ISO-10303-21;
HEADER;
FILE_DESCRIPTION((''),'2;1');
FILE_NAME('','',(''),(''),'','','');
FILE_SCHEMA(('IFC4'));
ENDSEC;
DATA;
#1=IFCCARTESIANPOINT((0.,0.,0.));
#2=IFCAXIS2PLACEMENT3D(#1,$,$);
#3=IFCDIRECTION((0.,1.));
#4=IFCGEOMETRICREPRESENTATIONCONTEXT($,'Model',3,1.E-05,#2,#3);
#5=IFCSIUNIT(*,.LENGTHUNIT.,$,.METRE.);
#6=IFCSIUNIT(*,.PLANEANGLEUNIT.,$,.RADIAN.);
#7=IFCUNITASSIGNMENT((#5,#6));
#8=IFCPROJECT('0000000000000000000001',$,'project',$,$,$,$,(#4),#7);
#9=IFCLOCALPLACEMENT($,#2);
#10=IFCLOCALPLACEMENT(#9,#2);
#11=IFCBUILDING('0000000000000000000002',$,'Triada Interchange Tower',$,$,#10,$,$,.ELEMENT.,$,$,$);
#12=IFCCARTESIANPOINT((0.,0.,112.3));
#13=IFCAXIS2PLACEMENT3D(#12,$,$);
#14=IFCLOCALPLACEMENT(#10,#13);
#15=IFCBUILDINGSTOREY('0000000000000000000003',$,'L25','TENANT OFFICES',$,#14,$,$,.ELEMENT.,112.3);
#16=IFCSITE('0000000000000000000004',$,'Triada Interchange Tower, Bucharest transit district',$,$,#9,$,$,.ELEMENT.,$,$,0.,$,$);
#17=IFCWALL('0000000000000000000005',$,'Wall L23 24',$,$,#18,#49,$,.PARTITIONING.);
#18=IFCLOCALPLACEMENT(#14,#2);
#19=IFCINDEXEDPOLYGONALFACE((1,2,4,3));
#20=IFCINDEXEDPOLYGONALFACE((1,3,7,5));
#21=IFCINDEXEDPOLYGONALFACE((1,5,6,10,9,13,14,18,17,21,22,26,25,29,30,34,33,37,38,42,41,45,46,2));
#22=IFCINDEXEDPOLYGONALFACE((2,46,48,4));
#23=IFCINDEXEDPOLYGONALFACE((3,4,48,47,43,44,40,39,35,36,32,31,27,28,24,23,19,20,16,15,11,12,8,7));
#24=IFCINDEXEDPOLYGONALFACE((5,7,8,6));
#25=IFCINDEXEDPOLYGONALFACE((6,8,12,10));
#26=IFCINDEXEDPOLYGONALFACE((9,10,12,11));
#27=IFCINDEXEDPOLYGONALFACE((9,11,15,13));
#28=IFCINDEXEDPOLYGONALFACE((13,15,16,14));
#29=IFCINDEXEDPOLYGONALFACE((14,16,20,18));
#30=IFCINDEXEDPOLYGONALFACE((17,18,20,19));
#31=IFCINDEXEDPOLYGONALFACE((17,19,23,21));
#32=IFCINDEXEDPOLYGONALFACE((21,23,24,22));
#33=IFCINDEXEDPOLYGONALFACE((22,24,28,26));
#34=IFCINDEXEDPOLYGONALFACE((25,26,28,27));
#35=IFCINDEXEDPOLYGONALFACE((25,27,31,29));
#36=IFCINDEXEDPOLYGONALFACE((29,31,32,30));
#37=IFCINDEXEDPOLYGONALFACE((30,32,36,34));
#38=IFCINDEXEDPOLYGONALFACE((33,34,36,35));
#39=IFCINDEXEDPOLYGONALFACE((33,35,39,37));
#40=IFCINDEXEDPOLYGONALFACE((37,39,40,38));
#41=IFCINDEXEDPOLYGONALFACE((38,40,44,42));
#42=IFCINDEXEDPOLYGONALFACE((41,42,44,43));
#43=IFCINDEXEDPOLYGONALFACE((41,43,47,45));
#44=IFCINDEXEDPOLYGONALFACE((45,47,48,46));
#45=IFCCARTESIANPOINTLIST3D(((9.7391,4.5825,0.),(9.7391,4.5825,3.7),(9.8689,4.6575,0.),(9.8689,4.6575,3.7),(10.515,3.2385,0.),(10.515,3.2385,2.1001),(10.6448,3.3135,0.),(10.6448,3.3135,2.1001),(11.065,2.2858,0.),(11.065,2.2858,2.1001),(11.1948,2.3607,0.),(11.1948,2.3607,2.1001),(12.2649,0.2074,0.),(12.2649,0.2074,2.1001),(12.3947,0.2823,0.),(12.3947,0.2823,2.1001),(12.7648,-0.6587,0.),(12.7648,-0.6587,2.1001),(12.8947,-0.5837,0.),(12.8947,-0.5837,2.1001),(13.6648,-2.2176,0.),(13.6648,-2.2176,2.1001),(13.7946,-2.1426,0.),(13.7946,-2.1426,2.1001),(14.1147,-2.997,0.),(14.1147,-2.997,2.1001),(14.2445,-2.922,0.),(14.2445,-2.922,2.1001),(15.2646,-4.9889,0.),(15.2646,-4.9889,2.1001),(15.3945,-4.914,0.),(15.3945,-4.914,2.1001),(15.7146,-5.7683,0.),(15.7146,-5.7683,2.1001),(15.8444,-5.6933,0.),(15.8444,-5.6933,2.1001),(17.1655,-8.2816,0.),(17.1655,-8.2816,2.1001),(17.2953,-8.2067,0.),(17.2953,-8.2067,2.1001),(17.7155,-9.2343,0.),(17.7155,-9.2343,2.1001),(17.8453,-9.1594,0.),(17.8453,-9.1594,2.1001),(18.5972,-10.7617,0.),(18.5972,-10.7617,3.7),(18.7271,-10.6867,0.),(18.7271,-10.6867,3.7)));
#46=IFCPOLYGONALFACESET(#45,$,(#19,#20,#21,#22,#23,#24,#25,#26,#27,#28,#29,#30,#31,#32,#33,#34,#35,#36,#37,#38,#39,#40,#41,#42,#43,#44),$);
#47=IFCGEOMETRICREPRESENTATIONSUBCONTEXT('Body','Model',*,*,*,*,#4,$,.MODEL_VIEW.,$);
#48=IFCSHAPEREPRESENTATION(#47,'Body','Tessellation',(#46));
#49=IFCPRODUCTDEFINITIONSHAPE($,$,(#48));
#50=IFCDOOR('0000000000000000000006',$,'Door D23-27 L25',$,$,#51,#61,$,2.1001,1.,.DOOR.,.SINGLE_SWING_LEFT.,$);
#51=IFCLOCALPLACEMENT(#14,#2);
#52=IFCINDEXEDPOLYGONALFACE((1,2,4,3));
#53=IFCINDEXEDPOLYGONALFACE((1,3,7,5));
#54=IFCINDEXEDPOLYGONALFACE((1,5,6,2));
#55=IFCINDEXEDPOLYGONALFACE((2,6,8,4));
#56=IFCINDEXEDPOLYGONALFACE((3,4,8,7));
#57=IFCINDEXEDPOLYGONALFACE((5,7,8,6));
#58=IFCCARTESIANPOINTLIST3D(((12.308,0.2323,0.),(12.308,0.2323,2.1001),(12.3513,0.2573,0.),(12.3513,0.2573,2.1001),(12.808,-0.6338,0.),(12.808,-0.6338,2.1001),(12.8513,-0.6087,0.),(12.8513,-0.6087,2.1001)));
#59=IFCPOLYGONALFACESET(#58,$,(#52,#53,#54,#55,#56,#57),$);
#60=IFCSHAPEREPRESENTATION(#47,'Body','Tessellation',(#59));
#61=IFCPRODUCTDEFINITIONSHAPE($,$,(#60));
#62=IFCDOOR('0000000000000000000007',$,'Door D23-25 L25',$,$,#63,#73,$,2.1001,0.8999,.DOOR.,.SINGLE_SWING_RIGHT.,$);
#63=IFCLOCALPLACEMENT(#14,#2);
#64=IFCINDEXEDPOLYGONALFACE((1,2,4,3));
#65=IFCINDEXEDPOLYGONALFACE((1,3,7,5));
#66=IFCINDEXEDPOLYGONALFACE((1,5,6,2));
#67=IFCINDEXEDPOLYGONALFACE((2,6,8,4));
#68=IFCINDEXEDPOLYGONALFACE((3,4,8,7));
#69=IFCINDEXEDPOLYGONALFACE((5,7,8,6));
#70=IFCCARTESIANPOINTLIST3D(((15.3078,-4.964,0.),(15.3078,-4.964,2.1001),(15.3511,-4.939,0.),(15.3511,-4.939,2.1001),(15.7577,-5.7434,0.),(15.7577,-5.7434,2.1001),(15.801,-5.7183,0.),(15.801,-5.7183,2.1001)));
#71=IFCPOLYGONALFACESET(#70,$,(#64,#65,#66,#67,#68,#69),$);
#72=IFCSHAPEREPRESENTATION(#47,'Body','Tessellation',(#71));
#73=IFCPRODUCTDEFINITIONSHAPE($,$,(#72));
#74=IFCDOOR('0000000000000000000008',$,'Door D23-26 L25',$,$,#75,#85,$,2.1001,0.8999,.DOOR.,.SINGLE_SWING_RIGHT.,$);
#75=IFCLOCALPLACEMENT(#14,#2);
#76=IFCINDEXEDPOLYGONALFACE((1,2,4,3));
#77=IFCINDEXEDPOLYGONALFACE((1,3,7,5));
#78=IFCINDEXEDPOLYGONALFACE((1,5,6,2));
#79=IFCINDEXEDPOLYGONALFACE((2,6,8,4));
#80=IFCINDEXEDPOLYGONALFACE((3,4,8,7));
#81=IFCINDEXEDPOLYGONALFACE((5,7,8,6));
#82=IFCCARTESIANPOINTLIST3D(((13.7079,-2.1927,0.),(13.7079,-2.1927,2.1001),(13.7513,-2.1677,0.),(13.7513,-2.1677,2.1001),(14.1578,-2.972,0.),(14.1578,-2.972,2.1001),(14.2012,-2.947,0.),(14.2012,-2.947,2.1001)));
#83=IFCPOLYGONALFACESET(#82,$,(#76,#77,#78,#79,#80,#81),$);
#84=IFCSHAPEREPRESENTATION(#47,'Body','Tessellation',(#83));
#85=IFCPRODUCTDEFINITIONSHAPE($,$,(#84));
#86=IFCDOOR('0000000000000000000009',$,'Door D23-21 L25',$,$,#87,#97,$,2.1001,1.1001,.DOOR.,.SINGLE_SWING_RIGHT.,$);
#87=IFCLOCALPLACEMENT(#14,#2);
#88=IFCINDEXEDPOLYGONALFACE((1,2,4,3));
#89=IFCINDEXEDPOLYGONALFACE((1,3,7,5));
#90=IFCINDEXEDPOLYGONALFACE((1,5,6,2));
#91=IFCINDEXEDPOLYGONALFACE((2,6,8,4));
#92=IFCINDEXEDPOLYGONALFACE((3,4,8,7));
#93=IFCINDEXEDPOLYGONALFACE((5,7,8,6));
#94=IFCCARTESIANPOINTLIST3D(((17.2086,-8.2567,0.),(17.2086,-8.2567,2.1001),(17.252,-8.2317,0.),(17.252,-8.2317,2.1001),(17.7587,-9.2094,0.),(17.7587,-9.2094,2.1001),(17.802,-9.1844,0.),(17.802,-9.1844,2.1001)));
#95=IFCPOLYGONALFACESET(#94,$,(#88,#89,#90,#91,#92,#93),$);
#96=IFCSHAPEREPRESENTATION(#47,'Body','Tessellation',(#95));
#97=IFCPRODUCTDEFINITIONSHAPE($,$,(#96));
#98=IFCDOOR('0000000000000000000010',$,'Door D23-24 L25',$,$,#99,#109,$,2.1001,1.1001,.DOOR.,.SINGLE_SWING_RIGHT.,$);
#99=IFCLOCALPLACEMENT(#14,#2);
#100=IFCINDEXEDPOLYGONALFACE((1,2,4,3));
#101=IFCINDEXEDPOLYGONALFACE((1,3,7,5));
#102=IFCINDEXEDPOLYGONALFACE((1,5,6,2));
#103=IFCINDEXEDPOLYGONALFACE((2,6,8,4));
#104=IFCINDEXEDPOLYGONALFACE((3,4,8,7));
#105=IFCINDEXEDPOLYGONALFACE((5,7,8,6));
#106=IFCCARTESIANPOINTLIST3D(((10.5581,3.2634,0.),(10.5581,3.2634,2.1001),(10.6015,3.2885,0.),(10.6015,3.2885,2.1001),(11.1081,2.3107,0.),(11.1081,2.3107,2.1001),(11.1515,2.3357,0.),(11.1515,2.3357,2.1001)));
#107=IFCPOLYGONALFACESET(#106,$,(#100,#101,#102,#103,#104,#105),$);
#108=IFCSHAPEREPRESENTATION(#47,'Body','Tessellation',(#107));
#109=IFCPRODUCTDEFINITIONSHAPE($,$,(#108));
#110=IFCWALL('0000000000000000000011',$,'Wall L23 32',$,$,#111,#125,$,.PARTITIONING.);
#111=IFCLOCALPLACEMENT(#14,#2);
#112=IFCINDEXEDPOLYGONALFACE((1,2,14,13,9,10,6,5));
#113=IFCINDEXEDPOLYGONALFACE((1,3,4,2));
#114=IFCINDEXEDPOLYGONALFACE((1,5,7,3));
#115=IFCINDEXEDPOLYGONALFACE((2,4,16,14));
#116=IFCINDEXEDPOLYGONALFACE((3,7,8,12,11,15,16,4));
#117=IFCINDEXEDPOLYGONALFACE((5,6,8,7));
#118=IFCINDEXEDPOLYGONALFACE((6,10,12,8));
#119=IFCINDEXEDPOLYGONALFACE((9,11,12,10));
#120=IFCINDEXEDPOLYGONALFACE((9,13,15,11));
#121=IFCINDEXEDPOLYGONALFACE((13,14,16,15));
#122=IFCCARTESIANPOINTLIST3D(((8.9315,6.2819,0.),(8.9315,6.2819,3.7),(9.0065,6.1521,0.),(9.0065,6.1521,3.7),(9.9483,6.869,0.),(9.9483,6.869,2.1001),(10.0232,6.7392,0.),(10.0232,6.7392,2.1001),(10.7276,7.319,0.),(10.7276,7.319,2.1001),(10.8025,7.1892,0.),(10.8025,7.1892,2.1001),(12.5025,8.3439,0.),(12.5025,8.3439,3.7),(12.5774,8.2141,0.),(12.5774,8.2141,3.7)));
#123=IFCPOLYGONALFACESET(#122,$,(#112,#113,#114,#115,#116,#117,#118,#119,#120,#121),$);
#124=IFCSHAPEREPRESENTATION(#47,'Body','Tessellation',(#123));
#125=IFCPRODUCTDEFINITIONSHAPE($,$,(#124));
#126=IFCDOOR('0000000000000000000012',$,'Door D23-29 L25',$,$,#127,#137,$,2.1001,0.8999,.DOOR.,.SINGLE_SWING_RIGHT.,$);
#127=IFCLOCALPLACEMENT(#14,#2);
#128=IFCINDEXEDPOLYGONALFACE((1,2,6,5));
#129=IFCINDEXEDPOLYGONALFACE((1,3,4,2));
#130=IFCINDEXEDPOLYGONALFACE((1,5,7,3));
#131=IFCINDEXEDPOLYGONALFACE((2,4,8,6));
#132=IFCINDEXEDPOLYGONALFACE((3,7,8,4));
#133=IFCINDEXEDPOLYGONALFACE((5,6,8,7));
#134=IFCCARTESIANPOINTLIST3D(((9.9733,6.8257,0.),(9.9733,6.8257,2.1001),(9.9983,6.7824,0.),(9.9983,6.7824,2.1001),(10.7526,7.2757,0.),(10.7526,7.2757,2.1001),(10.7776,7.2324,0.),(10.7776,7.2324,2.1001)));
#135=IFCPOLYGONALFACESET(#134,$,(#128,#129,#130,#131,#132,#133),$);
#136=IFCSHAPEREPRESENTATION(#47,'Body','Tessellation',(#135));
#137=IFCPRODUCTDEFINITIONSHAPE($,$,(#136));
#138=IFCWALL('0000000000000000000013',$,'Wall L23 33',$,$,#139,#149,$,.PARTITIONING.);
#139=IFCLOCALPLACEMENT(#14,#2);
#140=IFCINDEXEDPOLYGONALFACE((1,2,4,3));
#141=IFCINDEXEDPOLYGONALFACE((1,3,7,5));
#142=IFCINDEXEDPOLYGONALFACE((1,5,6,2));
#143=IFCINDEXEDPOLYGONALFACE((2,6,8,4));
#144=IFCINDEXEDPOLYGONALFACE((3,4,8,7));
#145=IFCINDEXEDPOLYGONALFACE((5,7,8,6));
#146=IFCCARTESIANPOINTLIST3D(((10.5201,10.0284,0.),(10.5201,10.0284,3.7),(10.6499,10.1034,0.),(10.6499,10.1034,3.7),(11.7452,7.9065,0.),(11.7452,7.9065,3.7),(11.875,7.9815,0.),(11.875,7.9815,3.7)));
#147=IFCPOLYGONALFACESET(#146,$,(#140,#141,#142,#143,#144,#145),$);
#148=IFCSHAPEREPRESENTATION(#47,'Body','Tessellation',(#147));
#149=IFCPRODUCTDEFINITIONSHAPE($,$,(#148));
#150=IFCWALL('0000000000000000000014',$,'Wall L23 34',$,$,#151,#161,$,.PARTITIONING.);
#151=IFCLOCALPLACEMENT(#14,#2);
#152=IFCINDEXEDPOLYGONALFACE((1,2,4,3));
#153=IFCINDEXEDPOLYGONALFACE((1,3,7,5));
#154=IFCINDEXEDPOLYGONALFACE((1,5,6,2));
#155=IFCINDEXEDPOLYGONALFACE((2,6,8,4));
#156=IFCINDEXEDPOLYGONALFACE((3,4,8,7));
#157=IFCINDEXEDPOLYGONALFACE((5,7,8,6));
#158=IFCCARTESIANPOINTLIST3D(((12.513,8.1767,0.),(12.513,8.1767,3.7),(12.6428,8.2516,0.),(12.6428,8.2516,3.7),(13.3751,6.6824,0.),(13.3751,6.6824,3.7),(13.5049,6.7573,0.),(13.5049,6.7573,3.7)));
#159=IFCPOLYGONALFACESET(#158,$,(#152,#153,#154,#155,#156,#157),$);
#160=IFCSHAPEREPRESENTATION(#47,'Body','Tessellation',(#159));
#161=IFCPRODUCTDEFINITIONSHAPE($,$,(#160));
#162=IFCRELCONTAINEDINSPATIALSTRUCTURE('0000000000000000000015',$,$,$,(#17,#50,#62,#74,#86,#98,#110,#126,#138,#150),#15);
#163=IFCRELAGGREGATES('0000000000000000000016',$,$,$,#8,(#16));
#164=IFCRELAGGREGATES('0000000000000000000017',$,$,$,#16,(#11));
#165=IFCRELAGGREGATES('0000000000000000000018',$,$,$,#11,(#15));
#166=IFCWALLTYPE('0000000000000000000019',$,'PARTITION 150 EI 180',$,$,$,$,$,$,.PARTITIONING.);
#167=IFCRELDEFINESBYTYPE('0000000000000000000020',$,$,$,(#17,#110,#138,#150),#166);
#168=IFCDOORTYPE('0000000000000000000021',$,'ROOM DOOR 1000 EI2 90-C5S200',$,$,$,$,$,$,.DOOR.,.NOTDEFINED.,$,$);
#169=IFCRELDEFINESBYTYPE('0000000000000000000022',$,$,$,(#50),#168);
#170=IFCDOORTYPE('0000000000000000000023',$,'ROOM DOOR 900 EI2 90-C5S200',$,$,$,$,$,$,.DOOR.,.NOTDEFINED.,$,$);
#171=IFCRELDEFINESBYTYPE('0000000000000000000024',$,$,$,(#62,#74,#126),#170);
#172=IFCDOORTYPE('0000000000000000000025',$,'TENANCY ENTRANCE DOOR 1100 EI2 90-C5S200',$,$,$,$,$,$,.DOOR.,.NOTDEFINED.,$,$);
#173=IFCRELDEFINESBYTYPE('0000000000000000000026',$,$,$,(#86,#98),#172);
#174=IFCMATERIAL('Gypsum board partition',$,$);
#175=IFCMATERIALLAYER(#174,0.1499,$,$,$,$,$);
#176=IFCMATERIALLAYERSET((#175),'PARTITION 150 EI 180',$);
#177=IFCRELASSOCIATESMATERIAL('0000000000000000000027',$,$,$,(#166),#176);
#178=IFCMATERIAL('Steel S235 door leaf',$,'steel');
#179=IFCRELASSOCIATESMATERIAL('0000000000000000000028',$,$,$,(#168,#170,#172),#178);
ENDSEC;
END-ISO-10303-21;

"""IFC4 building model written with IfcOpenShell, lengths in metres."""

from ifc_helpers import new_model, si_unit, direction, frame, frame_2d, origin, place, context, subcontext, project, spatial, rectangle, extrude, material, layer, layer_set, type_object, element, fill, save


model = new_model("IFC4")

# Units and contexts
model_context = context("Model", 3, precision=1e-05, world=origin(), true_north=direction((0.0, 1.0)))
body_context = subcontext(model_context, "Body", "Model", "MODEL_VIEW")
ifc_project = project(units=[si_unit("LENGTHUNIT", "METRE"), si_unit("PLANEANGLEUNIT", "RADIAN")], contexts=[model_context])

# Site, building, storey
site_placement = place(None, origin())
site = spatial("IfcSite", under=ifc_project, at=site_placement, Name="Triada Interchange Tower, Bucharest transit district", CompositionType="ELEMENT", RefElevation=0.0)
building_placement = place(site_placement, origin())
building = spatial("IfcBuilding", under=site, at=building_placement, Name="Triada Interchange Tower", CompositionType="ELEMENT")
storey_placement = place(building_placement, frame((0.0, 0.0, 112.3)))
storey = spatial("IfcBuildingStorey", under=building, at=storey_placement, Name="L25", Description="TENANT OFFICES", CompositionType="ELEMENT", Elevation=112.3)

# Shared definitions
ifc_material_1 = material(Name="Gypsum board partition")
ifc_layer_1 = layer(ifc_material_1, 0.1499)
ifc_layer_set_1 = layer_set([ifc_layer_1], Name="PARTITION 150 EI 180")
wall_type = type_object("IfcWallType", Name="PARTITION 150 EI 180", PredefinedType="PARTITIONING", material=ifc_layer_set_1)

# Wall, openings, doors
wall_1_placement = place(storey_placement, frame((9.804, 4.6201, 0.0), z_axis=(0.0, 0.0, 1.0), x_axis=(0.499964, -0.866046, 0.0)))
wall_1 = element("IfcWall", 1, at=wall_1_placement, inside=storey, type_object=wall_type, Name="Wall L23 24", PredefinedType="PARTITIONING", context=body_context, shape_type="SweptSolid", body=[
    extrude(rectangle(XDim=17.7175, YDim=0.1499, at=frame_2d((8.8589, 0.0))), origin(), (0.0, 0.0, 1.0), 3.7),
])
opening_1_placement = place(wall_1_placement, frame((14.854, 0.0, 0.0)))
opening_1 = element("IfcOpeningElement", 2, at=opening_1_placement, cuts=wall_1, PredefinedType="OPENING", context=body_context, shape_type="SweptSolid", body=[
    extrude(rectangle(XDim=1.1001, YDim=2.1001, at=frame_2d((0.55, 1.05))), frame((0.0, 0.085, 0.0), z_axis=(0.0, -1.0, 0.0), x_axis=(1.0, 0.0, 0.0)), (0.0, 0.0, 1.0), 0.1699),
])
opening_2_placement = place(wall_1_placement, frame((1.552, 0.0, 0.0)))
opening_2 = element("IfcOpeningElement", 3, at=opening_2_placement, cuts=wall_1, PredefinedType="OPENING", context=body_context, shape_type="SweptSolid", body=[
    extrude(rectangle(XDim=1.1001, YDim=2.1001, at=frame_2d((0.55, 1.05))), frame((0.0, 0.085, 0.0), z_axis=(0.0, -1.0, 0.0), x_axis=(1.0, 0.0, 0.0)), (0.0, 0.0, 1.0), 0.1699),
])
opening_3_placement = place(wall_1_placement, frame((11.052, 0.0, 0.0)))
opening_3 = element("IfcOpeningElement", 4, at=opening_3_placement, cuts=wall_1, PredefinedType="OPENING", context=body_context, shape_type="SweptSolid", body=[
    extrude(rectangle(XDim=0.8999, YDim=2.1001, at=frame_2d((0.45, 1.05))), frame((0.0, 0.085, 0.0), z_axis=(0.0, -1.0, 0.0), x_axis=(1.0, 0.0, 0.0)), (0.0, 0.0, 1.0), 0.1699),
])
opening_4_placement = place(wall_1_placement, frame((7.8521, 0.0, 0.0)))
opening_4 = element("IfcOpeningElement", 5, at=opening_4_placement, cuts=wall_1, PredefinedType="OPENING", context=body_context, shape_type="SweptSolid", body=[
    extrude(rectangle(XDim=0.8999, YDim=2.1001, at=frame_2d((0.45, 1.05))), frame((0.0, 0.085, 0.0), z_axis=(0.0, -1.0, 0.0), x_axis=(1.0, 0.0, 0.0)), (0.0, 0.0, 1.0), 0.1699),
])
opening_5_placement = place(wall_1_placement, frame((5.052, 0.0, 0.0)))
opening_5 = element("IfcOpeningElement", 6, at=opening_5_placement, cuts=wall_1, PredefinedType="OPENING", context=body_context, shape_type="SweptSolid", body=[
    extrude(rectangle(XDim=1.0, YDim=2.1001, at=frame_2d((0.5, 1.05))), frame((0.0, 0.085, 0.0), z_axis=(0.0, -1.0, 0.0), x_axis=(1.0, 0.0, 0.0)), (0.0, 0.0, 1.0), 0.1699),
])
ifc_material_2 = material(Name="Steel S235 door leaf", Category="steel")
door_type_1 = type_object("IfcDoorType", Name="ROOM DOOR 1000 EI2 90-C5S200", OperationType="NOTDEFINED", PredefinedType="DOOR", material=ifc_material_2)
door_1_placement = place(opening_5_placement, origin())
door_1 = element("IfcDoor", 7, at=door_1_placement, inside=storey, type_object=door_type_1, Name="Door D23-27 L25", OperationType="SINGLE_SWING_LEFT", OverallHeight=2.1001, OverallWidth=1.0, PredefinedType="DOOR", context=body_context, shape_type="SweptSolid", body=[
    extrude(rectangle(XDim=1.0, YDim=2.1001, at=frame_2d((0.5, 1.05))), frame((0.0, 0.0249, 0.0), z_axis=(0.0, -1.0, 0.0), x_axis=(1.0, 0.0, 0.0)), (0.0, 0.0, 1.0), 0.05),
])
fill(opening_5, door_1)
door_type_2 = type_object("IfcDoorType", Name="ROOM DOOR 900 EI2 90-C5S200", OperationType="NOTDEFINED", PredefinedType="DOOR", material=ifc_material_2)
door_2_placement = place(opening_3_placement, origin())
door_2 = element("IfcDoor", 8, at=door_2_placement, inside=storey, type_object=door_type_2, Name="Door D23-25 L25", OperationType="SINGLE_SWING_RIGHT", OverallHeight=2.1001, OverallWidth=0.8999, PredefinedType="DOOR", context=body_context, shape_type="SweptSolid", body=[
    extrude(rectangle(XDim=0.8999, YDim=2.1001, at=frame_2d((0.45, 1.05))), frame((0.0, 0.0249, 0.0), z_axis=(0.0, -1.0, 0.0), x_axis=(1.0, 0.0, 0.0)), (0.0, 0.0, 1.0), 0.05),
])
fill(opening_3, door_2)
door_3_placement = place(opening_4_placement, origin())
door_3 = element("IfcDoor", 9, at=door_3_placement, inside=storey, type_object=door_type_2, Name="Door D23-26 L25", OperationType="SINGLE_SWING_RIGHT", OverallHeight=2.1001, OverallWidth=0.8999, PredefinedType="DOOR", context=body_context, shape_type="SweptSolid", body=[
    extrude(rectangle(XDim=0.8999, YDim=2.1001, at=frame_2d((0.45, 1.05))), frame((0.0, 0.0249, 0.0), z_axis=(0.0, -1.0, 0.0), x_axis=(1.0, 0.0, 0.0)), (0.0, 0.0, 1.0), 0.05),
])
fill(opening_4, door_3)
door_type_3 = type_object("IfcDoorType", Name="TENANCY ENTRANCE DOOR 1100 EI2 90-C5S200", OperationType="NOTDEFINED", PredefinedType="DOOR", material=ifc_material_2)
door_4_placement = place(opening_1_placement, origin())
door_4 = element("IfcDoor", 10, at=door_4_placement, inside=storey, type_object=door_type_3, Name="Door D23-21 L25", OperationType="SINGLE_SWING_RIGHT", OverallHeight=2.1001, OverallWidth=1.1001, PredefinedType="DOOR", context=body_context, shape_type="SweptSolid", body=[
    extrude(rectangle(XDim=1.1001, YDim=2.1001, at=frame_2d((0.55, 1.05))), frame((0.0, 0.0249, 0.0), z_axis=(0.0, -1.0, 0.0), x_axis=(1.0, 0.0, 0.0)), (0.0, 0.0, 1.0), 0.05),
])
fill(opening_1, door_4)
door_5_placement = place(opening_2_placement, origin())
door_5 = element("IfcDoor", 11, at=door_5_placement, inside=storey, type_object=door_type_3, Name="Door D23-24 L25", OperationType="SINGLE_SWING_RIGHT", OverallHeight=2.1001, OverallWidth=1.1001, PredefinedType="DOOR", context=body_context, shape_type="SweptSolid", body=[
    extrude(rectangle(XDim=1.1001, YDim=2.1001, at=frame_2d((0.55, 1.05))), frame((0.0, 0.0249, 0.0), z_axis=(0.0, -1.0, 0.0), x_axis=(1.0, 0.0, 0.0)), (0.0, 0.0, 1.0), 0.05),
])
fill(opening_2, door_5)

# Wall, opening, door
wall_2_placement = place(storey_placement, frame((8.969, 6.217, 0.0), z_axis=(0.0, 0.0, 1.0), x_axis=(0.865997, 0.500049, 0.0)))
wall_2 = element("IfcWall", 12, at=wall_2_placement, inside=storey, type_object=wall_type, Name="Wall L23 32", PredefinedType="PARTITIONING", context=body_context, shape_type="SweptSolid", body=[
    extrude(rectangle(XDim=4.1235, YDim=0.1499, at=frame_2d((2.0618, 0.0))), origin(), (0.0, 0.0, 1.0), 3.7),
])
opening_6_placement = place(wall_2_placement, frame((1.1741, 0.0, 0.0)))
opening_6 = element("IfcOpeningElement", 13, at=opening_6_placement, cuts=wall_2, PredefinedType="OPENING", context=body_context, shape_type="SweptSolid", body=[
    extrude(rectangle(XDim=0.8999, YDim=2.1001, at=frame_2d((0.45, 1.05))), frame((0.0, 0.085, 0.0), z_axis=(0.0, -1.0, 0.0), x_axis=(1.0, 0.0, 0.0)), (0.0, 0.0, 1.0), 0.1699),
])
door_6_placement = place(opening_6_placement, origin())
door_6 = element("IfcDoor", 14, at=door_6_placement, inside=storey, type_object=door_type_2, Name="Door D23-29 L25", OperationType="SINGLE_SWING_RIGHT", OverallHeight=2.1001, OverallWidth=0.8999, PredefinedType="DOOR", context=body_context, shape_type="SweptSolid", body=[
    extrude(rectangle(XDim=0.8999, YDim=2.1001, at=frame_2d((0.45, 1.05))), frame((0.0, 0.0249, 0.0), z_axis=(0.0, -1.0, 0.0), x_axis=(1.0, 0.0, 0.0)), (0.0, 0.0, 1.0), 0.05),
])
fill(opening_6, door_6)

# Walls
wall_3_placement = place(storey_placement, frame((10.585, 10.0659, 0.0), z_axis=(0.0, 0.0, 1.0), x_axis=(0.500019, -0.866015, 0.0)))
element("IfcWall", 15, at=wall_3_placement, inside=storey, type_object=wall_type, Name="Wall L23 33", PredefinedType="PARTITIONING", context=body_context, shape_type="SweptSolid", body=[
    extrude(rectangle(XDim=2.4502, YDim=0.1499, at=frame_2d((1.2251, 0.0))), origin(), (0.0, 0.0, 1.0), 3.7),
])
wall_4_placement = place(storey_placement, frame((12.5779, 8.2141, 0.0), z_axis=(0.0, 0.0, 1.0), x_axis=(0.499747, -0.866171, 0.0)))
element("IfcWall", 16, at=wall_4_placement, inside=storey, type_object=wall_type, Name="Wall L23 34", PredefinedType="PARTITIONING", context=body_context, shape_type="SweptSolid", body=[
    extrude(rectangle(XDim=1.7251, YDim=0.1499, at=frame_2d((0.8625, 0.0))), origin(), (0.0, 0.0, 1.0), 3.7),
])

save(model, "model.ifc")
